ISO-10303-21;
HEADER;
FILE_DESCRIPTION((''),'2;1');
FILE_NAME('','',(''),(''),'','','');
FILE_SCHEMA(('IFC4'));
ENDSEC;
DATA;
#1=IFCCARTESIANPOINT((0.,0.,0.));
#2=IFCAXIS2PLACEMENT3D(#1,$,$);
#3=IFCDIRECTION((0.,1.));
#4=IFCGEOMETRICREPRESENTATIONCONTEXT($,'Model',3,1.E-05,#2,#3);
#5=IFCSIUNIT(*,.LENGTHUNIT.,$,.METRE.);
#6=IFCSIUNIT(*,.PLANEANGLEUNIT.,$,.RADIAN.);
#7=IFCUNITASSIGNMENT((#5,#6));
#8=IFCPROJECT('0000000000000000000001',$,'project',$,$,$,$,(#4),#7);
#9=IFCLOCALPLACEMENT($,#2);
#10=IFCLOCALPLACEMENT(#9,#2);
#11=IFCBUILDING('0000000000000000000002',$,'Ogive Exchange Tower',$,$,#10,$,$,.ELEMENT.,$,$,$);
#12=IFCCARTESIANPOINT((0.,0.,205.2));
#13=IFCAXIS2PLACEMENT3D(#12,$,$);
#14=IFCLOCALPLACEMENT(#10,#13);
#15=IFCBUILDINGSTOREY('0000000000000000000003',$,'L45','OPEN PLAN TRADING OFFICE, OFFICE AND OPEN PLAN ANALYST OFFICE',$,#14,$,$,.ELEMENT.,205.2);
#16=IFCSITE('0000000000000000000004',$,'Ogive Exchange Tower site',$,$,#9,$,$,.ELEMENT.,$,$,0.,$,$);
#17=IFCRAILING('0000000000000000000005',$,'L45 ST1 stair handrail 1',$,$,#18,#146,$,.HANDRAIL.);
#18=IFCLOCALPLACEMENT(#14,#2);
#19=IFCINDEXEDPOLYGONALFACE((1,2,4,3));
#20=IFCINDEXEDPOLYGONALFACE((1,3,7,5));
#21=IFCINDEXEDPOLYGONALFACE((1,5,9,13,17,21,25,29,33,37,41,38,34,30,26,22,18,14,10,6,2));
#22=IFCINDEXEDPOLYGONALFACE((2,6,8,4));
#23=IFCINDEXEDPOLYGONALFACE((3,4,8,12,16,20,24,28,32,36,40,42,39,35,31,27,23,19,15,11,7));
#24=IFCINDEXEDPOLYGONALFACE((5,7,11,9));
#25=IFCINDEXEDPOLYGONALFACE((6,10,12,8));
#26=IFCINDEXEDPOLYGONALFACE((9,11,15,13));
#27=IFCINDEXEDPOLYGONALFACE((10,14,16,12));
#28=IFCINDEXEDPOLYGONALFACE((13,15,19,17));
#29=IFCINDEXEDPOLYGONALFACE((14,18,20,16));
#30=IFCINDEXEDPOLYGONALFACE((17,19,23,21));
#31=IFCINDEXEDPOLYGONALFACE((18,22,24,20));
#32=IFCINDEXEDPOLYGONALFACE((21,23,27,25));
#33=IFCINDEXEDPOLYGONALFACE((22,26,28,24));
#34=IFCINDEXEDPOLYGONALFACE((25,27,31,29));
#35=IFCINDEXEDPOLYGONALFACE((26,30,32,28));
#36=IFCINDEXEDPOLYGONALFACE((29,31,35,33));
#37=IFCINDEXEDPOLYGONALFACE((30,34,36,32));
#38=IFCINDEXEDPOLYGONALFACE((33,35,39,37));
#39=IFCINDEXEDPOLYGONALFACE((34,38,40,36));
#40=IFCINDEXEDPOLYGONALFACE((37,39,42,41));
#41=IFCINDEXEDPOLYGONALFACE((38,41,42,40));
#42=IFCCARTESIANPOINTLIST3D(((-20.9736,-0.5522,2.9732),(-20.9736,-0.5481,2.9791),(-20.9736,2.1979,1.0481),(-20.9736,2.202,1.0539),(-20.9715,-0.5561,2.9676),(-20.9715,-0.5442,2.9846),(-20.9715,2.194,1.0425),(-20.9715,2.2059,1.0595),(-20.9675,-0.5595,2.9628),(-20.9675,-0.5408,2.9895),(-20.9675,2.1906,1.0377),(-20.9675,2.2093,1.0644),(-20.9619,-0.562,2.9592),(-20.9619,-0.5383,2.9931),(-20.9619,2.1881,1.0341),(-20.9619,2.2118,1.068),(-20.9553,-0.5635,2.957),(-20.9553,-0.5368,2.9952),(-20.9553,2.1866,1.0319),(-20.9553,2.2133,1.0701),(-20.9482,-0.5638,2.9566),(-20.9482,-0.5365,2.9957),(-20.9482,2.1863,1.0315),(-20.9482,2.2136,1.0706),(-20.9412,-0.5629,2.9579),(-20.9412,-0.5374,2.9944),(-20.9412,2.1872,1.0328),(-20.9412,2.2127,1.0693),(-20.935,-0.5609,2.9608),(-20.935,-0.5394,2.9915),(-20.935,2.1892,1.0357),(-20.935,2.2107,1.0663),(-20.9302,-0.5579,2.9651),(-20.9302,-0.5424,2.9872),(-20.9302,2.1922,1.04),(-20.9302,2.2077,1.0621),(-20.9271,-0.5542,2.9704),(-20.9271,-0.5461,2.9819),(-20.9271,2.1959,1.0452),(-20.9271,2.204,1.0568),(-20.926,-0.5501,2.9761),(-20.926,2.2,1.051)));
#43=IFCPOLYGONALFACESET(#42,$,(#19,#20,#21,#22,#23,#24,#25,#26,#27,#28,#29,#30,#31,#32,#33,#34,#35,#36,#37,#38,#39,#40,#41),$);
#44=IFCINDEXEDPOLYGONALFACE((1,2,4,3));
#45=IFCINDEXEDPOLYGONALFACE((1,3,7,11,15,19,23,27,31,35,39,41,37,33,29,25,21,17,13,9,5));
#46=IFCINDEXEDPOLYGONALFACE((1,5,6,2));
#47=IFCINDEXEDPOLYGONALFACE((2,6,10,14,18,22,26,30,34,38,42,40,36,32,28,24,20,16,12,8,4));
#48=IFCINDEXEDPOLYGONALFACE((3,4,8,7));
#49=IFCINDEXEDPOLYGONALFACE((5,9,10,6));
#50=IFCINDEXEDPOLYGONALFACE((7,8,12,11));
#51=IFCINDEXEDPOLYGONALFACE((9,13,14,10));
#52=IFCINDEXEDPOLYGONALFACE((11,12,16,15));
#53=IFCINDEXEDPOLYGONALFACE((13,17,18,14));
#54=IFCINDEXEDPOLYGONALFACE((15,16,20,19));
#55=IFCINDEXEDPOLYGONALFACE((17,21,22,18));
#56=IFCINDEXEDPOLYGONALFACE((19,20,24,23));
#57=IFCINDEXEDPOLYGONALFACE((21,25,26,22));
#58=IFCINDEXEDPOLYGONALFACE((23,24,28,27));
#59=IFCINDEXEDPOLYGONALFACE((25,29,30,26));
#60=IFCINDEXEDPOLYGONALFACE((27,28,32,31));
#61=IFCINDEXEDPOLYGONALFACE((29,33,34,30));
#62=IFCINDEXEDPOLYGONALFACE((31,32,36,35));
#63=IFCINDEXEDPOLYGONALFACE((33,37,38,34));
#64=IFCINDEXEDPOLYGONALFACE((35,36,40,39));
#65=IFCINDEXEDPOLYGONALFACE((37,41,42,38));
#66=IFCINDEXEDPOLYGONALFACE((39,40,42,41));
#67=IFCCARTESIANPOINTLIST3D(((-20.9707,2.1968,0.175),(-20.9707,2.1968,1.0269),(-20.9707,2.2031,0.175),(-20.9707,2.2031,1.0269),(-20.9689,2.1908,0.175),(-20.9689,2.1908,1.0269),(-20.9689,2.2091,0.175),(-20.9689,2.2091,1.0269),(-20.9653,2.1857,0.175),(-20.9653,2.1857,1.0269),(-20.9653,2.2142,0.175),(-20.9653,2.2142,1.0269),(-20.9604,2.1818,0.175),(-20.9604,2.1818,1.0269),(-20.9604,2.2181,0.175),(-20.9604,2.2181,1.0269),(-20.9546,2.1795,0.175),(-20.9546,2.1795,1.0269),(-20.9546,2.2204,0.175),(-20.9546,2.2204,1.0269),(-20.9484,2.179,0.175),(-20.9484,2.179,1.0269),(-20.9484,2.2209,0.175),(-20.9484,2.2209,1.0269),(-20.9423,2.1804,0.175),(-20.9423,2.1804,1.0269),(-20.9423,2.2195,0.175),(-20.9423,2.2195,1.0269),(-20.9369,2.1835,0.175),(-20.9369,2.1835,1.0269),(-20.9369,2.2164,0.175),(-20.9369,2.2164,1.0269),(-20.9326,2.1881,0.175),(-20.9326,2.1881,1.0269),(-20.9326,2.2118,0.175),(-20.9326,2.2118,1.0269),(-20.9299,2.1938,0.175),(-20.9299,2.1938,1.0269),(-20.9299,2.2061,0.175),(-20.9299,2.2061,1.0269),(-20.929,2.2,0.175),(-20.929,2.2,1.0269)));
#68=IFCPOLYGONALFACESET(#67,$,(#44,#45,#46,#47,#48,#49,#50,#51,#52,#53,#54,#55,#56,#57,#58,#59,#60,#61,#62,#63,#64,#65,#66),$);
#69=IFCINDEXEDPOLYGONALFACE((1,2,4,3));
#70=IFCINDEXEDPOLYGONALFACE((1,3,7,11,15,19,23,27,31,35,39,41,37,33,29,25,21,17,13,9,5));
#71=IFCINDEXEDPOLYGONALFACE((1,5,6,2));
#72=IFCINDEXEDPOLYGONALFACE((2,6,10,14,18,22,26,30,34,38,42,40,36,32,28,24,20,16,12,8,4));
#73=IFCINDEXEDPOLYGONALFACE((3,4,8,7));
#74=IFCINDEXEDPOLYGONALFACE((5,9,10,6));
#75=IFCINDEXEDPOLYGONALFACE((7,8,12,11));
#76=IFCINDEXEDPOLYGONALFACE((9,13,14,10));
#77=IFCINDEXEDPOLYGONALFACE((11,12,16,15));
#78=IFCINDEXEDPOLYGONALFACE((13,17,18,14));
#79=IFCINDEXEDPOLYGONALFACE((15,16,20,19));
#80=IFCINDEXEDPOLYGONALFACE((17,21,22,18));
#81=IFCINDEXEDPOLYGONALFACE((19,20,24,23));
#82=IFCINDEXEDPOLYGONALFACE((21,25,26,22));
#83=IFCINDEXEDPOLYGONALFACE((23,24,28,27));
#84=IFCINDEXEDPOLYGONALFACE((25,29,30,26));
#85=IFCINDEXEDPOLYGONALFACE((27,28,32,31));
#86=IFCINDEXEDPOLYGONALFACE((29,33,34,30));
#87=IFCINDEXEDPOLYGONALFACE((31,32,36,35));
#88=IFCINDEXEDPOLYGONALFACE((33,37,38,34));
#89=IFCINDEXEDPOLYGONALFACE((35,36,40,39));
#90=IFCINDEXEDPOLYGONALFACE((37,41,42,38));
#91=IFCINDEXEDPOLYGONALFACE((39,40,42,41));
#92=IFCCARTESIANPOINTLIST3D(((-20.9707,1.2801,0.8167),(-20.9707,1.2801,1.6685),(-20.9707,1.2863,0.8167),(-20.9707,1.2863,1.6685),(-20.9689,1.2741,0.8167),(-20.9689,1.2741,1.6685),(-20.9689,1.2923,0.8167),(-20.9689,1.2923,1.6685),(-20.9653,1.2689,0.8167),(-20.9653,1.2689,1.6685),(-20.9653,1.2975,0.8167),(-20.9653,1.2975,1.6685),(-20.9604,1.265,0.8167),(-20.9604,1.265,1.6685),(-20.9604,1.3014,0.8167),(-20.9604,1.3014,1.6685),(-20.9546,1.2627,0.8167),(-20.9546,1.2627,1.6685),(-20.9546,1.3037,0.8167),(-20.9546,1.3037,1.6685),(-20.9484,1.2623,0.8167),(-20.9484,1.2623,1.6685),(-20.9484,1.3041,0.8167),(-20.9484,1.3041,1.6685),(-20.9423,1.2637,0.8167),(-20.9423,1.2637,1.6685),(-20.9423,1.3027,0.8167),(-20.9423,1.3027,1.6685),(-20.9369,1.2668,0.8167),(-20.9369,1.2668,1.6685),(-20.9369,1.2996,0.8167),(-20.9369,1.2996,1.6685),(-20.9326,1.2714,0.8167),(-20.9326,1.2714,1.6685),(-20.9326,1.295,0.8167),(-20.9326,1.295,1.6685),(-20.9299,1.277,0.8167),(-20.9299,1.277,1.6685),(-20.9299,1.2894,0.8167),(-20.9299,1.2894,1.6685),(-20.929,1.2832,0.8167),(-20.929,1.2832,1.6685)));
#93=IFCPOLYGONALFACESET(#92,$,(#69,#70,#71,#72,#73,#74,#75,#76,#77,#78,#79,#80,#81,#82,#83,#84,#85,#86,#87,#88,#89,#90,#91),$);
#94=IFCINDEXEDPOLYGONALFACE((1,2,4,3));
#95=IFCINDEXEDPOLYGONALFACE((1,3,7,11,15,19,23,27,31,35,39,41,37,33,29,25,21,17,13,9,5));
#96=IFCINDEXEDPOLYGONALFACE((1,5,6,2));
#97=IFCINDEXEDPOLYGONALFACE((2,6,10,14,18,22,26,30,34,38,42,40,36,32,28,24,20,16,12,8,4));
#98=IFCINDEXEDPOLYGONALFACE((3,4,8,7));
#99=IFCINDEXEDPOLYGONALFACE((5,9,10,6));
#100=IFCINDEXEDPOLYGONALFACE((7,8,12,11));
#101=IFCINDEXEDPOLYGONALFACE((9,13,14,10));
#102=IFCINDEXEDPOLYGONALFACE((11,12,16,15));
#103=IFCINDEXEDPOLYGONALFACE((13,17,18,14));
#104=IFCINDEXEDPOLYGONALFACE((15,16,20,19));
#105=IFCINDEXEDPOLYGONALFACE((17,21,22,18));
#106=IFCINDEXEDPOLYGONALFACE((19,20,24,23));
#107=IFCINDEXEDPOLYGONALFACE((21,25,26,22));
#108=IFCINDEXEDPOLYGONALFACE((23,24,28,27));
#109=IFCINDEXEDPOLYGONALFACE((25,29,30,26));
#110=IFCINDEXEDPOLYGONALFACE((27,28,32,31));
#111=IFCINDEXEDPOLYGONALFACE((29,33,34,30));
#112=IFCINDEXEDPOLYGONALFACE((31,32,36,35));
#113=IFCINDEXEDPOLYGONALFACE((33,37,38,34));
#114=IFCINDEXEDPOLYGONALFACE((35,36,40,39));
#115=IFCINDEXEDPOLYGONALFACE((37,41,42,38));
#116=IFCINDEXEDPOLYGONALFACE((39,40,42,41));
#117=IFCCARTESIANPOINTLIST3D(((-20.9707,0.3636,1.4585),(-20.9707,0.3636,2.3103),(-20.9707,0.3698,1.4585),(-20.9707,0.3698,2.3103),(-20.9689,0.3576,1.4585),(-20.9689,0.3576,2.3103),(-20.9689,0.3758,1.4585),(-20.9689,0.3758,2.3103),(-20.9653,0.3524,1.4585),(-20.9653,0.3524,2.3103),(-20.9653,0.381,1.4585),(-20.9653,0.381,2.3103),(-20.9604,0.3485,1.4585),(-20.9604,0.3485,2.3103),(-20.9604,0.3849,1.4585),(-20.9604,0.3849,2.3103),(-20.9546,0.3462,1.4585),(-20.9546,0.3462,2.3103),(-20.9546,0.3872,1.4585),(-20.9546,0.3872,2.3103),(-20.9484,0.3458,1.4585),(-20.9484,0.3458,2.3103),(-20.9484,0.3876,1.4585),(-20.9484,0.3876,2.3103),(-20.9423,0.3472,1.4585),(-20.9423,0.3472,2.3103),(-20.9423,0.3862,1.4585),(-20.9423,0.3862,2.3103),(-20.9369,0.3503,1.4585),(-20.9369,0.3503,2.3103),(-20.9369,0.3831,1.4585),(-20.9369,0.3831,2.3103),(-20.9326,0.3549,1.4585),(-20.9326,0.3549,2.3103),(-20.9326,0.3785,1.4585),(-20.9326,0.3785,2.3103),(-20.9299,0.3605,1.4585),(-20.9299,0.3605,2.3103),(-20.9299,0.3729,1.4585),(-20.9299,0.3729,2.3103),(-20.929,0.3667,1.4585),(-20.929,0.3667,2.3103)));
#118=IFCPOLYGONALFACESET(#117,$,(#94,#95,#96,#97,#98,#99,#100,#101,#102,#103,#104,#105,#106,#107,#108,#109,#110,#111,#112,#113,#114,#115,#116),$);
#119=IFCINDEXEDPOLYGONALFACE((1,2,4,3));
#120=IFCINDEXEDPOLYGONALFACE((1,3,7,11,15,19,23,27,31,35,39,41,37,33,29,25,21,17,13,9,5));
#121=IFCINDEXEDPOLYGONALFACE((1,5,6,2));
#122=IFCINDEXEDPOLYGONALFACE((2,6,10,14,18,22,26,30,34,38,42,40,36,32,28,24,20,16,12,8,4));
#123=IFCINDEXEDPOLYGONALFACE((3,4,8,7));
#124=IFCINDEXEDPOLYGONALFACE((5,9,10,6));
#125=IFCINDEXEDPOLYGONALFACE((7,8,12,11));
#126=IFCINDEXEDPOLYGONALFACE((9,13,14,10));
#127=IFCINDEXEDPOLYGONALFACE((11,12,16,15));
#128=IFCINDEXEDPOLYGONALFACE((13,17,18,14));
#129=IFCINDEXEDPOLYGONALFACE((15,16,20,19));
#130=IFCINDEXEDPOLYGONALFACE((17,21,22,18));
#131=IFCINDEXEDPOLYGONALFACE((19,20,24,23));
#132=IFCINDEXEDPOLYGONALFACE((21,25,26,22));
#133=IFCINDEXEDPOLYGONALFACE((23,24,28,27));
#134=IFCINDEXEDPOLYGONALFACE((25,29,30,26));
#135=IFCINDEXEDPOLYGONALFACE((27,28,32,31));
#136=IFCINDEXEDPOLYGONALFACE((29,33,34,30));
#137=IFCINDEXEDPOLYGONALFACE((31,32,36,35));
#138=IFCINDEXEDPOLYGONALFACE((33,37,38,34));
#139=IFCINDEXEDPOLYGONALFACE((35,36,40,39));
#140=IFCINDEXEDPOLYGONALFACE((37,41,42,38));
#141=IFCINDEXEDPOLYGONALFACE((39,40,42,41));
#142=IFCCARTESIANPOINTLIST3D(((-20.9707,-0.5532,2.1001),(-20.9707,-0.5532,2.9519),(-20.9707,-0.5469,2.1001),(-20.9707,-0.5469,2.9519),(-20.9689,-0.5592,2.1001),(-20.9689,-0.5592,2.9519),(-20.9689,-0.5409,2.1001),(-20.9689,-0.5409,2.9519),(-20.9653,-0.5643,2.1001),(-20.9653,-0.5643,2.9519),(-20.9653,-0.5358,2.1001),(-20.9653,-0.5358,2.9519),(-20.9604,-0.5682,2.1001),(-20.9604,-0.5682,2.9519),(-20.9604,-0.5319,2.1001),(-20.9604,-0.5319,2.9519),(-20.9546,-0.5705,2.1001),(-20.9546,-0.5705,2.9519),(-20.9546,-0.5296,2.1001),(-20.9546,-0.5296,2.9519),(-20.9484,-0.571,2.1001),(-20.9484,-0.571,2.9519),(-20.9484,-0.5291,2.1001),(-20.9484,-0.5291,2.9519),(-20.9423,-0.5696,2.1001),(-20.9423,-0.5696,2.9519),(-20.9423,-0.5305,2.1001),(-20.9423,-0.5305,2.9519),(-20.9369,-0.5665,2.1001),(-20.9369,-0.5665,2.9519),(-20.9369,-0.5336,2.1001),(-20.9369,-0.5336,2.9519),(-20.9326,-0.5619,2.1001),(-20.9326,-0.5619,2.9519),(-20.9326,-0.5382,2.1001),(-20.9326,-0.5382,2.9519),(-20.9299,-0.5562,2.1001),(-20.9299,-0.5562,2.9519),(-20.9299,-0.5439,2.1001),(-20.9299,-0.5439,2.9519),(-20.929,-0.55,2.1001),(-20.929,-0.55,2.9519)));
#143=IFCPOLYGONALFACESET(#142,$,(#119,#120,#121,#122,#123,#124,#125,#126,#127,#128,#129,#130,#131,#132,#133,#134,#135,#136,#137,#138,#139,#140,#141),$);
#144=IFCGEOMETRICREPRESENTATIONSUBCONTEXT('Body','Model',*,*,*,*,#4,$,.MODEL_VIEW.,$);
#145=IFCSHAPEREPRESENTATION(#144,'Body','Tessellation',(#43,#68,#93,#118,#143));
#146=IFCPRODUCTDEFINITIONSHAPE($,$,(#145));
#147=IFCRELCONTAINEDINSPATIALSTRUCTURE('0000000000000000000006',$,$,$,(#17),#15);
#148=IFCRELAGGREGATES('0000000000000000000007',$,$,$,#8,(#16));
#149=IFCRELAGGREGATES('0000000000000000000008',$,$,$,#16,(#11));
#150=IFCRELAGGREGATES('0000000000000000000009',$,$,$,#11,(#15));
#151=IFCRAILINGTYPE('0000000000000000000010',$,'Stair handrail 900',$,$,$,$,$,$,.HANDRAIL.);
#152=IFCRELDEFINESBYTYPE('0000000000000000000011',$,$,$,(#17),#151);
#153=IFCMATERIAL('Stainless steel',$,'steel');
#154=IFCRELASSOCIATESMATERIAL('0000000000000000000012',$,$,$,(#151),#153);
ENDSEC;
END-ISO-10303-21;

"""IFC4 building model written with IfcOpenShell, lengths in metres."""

from ifc_helpers import new_model, si_unit, direction, frame, origin, origin_2d, place, context, subcontext, project, spatial, circle, extrude, material, type_object, element, save


model = new_model("IFC4")

# Units and contexts
model_context = context("Model", 3, precision=1e-05, world=origin(), true_north=direction((0.0, 1.0)))
body_context = subcontext(model_context, "Body", "Model", "MODEL_VIEW")
ifc_project = project(units=[si_unit("LENGTHUNIT", "METRE"), si_unit("PLANEANGLEUNIT", "RADIAN")], contexts=[model_context])

# Site, building, storey
site_placement = place(None, origin())
site = spatial("IfcSite", under=ifc_project, at=site_placement, Name="Ogive Exchange Tower site", CompositionType="ELEMENT", RefElevation=0.0)
building_placement = place(site_placement, origin())
building = spatial("IfcBuilding", under=site, at=building_placement, Name="Ogive Exchange Tower", CompositionType="ELEMENT")
storey_placement = place(building_placement, frame((0.0, 0.0, 205.2)))
storey = spatial("IfcBuildingStorey", under=building, at=storey_placement, Name="L45", Description="OPEN PLAN TRADING OFFICE, OFFICE AND OPEN PLAN ANALYST OFFICE", CompositionType="ELEMENT", Elevation=205.2)

# Shared definitions
ifc_material_1 = material(Name="Stainless steel", Category="steel")

# Railing
railing_type = type_object("IfcRailingType", Name="Stair handrail 900", PredefinedType="HANDRAIL", material=ifc_material_1)
railing_placement = place(storey_placement, frame((-20.95, 2.2, 0.175)))
element("IfcRailing", 1, at=railing_placement, inside=storey, type_object=railing_type, Name="L45 ST1 stair handrail 1", PredefinedType="HANDRAIL", context=body_context, shape_type="SweptSolid", body=[
    extrude(circle(Radius=0.0239, at=origin_2d()), frame((0.0, 0.0, 0.876), z_axis=(0.0, -0.819225, 0.573472), x_axis=(1.0, 0.0, 0.0)), (0.0, 0.0, 1.0), 3.3569),
    extrude(circle(Radius=0.021, at=origin_2d()), origin(), (0.0, 0.0, 1.0), 0.8518),
    extrude(circle(Radius=0.021, at=origin_2d()), frame((0.0, -0.9167, 0.6416)), (0.0, 0.0, 1.0), 0.8518),
    extrude(circle(Radius=0.021, at=origin_2d()), frame((0.0, -1.8333, 1.2834)), (0.0, 0.0, 1.0), 0.8518),
    extrude(circle(Radius=0.021, at=origin_2d()), frame((0.0, -2.75, 1.925)), (0.0, 0.0, 1.0), 0.8518),
])

save(model, "model.ifc")
